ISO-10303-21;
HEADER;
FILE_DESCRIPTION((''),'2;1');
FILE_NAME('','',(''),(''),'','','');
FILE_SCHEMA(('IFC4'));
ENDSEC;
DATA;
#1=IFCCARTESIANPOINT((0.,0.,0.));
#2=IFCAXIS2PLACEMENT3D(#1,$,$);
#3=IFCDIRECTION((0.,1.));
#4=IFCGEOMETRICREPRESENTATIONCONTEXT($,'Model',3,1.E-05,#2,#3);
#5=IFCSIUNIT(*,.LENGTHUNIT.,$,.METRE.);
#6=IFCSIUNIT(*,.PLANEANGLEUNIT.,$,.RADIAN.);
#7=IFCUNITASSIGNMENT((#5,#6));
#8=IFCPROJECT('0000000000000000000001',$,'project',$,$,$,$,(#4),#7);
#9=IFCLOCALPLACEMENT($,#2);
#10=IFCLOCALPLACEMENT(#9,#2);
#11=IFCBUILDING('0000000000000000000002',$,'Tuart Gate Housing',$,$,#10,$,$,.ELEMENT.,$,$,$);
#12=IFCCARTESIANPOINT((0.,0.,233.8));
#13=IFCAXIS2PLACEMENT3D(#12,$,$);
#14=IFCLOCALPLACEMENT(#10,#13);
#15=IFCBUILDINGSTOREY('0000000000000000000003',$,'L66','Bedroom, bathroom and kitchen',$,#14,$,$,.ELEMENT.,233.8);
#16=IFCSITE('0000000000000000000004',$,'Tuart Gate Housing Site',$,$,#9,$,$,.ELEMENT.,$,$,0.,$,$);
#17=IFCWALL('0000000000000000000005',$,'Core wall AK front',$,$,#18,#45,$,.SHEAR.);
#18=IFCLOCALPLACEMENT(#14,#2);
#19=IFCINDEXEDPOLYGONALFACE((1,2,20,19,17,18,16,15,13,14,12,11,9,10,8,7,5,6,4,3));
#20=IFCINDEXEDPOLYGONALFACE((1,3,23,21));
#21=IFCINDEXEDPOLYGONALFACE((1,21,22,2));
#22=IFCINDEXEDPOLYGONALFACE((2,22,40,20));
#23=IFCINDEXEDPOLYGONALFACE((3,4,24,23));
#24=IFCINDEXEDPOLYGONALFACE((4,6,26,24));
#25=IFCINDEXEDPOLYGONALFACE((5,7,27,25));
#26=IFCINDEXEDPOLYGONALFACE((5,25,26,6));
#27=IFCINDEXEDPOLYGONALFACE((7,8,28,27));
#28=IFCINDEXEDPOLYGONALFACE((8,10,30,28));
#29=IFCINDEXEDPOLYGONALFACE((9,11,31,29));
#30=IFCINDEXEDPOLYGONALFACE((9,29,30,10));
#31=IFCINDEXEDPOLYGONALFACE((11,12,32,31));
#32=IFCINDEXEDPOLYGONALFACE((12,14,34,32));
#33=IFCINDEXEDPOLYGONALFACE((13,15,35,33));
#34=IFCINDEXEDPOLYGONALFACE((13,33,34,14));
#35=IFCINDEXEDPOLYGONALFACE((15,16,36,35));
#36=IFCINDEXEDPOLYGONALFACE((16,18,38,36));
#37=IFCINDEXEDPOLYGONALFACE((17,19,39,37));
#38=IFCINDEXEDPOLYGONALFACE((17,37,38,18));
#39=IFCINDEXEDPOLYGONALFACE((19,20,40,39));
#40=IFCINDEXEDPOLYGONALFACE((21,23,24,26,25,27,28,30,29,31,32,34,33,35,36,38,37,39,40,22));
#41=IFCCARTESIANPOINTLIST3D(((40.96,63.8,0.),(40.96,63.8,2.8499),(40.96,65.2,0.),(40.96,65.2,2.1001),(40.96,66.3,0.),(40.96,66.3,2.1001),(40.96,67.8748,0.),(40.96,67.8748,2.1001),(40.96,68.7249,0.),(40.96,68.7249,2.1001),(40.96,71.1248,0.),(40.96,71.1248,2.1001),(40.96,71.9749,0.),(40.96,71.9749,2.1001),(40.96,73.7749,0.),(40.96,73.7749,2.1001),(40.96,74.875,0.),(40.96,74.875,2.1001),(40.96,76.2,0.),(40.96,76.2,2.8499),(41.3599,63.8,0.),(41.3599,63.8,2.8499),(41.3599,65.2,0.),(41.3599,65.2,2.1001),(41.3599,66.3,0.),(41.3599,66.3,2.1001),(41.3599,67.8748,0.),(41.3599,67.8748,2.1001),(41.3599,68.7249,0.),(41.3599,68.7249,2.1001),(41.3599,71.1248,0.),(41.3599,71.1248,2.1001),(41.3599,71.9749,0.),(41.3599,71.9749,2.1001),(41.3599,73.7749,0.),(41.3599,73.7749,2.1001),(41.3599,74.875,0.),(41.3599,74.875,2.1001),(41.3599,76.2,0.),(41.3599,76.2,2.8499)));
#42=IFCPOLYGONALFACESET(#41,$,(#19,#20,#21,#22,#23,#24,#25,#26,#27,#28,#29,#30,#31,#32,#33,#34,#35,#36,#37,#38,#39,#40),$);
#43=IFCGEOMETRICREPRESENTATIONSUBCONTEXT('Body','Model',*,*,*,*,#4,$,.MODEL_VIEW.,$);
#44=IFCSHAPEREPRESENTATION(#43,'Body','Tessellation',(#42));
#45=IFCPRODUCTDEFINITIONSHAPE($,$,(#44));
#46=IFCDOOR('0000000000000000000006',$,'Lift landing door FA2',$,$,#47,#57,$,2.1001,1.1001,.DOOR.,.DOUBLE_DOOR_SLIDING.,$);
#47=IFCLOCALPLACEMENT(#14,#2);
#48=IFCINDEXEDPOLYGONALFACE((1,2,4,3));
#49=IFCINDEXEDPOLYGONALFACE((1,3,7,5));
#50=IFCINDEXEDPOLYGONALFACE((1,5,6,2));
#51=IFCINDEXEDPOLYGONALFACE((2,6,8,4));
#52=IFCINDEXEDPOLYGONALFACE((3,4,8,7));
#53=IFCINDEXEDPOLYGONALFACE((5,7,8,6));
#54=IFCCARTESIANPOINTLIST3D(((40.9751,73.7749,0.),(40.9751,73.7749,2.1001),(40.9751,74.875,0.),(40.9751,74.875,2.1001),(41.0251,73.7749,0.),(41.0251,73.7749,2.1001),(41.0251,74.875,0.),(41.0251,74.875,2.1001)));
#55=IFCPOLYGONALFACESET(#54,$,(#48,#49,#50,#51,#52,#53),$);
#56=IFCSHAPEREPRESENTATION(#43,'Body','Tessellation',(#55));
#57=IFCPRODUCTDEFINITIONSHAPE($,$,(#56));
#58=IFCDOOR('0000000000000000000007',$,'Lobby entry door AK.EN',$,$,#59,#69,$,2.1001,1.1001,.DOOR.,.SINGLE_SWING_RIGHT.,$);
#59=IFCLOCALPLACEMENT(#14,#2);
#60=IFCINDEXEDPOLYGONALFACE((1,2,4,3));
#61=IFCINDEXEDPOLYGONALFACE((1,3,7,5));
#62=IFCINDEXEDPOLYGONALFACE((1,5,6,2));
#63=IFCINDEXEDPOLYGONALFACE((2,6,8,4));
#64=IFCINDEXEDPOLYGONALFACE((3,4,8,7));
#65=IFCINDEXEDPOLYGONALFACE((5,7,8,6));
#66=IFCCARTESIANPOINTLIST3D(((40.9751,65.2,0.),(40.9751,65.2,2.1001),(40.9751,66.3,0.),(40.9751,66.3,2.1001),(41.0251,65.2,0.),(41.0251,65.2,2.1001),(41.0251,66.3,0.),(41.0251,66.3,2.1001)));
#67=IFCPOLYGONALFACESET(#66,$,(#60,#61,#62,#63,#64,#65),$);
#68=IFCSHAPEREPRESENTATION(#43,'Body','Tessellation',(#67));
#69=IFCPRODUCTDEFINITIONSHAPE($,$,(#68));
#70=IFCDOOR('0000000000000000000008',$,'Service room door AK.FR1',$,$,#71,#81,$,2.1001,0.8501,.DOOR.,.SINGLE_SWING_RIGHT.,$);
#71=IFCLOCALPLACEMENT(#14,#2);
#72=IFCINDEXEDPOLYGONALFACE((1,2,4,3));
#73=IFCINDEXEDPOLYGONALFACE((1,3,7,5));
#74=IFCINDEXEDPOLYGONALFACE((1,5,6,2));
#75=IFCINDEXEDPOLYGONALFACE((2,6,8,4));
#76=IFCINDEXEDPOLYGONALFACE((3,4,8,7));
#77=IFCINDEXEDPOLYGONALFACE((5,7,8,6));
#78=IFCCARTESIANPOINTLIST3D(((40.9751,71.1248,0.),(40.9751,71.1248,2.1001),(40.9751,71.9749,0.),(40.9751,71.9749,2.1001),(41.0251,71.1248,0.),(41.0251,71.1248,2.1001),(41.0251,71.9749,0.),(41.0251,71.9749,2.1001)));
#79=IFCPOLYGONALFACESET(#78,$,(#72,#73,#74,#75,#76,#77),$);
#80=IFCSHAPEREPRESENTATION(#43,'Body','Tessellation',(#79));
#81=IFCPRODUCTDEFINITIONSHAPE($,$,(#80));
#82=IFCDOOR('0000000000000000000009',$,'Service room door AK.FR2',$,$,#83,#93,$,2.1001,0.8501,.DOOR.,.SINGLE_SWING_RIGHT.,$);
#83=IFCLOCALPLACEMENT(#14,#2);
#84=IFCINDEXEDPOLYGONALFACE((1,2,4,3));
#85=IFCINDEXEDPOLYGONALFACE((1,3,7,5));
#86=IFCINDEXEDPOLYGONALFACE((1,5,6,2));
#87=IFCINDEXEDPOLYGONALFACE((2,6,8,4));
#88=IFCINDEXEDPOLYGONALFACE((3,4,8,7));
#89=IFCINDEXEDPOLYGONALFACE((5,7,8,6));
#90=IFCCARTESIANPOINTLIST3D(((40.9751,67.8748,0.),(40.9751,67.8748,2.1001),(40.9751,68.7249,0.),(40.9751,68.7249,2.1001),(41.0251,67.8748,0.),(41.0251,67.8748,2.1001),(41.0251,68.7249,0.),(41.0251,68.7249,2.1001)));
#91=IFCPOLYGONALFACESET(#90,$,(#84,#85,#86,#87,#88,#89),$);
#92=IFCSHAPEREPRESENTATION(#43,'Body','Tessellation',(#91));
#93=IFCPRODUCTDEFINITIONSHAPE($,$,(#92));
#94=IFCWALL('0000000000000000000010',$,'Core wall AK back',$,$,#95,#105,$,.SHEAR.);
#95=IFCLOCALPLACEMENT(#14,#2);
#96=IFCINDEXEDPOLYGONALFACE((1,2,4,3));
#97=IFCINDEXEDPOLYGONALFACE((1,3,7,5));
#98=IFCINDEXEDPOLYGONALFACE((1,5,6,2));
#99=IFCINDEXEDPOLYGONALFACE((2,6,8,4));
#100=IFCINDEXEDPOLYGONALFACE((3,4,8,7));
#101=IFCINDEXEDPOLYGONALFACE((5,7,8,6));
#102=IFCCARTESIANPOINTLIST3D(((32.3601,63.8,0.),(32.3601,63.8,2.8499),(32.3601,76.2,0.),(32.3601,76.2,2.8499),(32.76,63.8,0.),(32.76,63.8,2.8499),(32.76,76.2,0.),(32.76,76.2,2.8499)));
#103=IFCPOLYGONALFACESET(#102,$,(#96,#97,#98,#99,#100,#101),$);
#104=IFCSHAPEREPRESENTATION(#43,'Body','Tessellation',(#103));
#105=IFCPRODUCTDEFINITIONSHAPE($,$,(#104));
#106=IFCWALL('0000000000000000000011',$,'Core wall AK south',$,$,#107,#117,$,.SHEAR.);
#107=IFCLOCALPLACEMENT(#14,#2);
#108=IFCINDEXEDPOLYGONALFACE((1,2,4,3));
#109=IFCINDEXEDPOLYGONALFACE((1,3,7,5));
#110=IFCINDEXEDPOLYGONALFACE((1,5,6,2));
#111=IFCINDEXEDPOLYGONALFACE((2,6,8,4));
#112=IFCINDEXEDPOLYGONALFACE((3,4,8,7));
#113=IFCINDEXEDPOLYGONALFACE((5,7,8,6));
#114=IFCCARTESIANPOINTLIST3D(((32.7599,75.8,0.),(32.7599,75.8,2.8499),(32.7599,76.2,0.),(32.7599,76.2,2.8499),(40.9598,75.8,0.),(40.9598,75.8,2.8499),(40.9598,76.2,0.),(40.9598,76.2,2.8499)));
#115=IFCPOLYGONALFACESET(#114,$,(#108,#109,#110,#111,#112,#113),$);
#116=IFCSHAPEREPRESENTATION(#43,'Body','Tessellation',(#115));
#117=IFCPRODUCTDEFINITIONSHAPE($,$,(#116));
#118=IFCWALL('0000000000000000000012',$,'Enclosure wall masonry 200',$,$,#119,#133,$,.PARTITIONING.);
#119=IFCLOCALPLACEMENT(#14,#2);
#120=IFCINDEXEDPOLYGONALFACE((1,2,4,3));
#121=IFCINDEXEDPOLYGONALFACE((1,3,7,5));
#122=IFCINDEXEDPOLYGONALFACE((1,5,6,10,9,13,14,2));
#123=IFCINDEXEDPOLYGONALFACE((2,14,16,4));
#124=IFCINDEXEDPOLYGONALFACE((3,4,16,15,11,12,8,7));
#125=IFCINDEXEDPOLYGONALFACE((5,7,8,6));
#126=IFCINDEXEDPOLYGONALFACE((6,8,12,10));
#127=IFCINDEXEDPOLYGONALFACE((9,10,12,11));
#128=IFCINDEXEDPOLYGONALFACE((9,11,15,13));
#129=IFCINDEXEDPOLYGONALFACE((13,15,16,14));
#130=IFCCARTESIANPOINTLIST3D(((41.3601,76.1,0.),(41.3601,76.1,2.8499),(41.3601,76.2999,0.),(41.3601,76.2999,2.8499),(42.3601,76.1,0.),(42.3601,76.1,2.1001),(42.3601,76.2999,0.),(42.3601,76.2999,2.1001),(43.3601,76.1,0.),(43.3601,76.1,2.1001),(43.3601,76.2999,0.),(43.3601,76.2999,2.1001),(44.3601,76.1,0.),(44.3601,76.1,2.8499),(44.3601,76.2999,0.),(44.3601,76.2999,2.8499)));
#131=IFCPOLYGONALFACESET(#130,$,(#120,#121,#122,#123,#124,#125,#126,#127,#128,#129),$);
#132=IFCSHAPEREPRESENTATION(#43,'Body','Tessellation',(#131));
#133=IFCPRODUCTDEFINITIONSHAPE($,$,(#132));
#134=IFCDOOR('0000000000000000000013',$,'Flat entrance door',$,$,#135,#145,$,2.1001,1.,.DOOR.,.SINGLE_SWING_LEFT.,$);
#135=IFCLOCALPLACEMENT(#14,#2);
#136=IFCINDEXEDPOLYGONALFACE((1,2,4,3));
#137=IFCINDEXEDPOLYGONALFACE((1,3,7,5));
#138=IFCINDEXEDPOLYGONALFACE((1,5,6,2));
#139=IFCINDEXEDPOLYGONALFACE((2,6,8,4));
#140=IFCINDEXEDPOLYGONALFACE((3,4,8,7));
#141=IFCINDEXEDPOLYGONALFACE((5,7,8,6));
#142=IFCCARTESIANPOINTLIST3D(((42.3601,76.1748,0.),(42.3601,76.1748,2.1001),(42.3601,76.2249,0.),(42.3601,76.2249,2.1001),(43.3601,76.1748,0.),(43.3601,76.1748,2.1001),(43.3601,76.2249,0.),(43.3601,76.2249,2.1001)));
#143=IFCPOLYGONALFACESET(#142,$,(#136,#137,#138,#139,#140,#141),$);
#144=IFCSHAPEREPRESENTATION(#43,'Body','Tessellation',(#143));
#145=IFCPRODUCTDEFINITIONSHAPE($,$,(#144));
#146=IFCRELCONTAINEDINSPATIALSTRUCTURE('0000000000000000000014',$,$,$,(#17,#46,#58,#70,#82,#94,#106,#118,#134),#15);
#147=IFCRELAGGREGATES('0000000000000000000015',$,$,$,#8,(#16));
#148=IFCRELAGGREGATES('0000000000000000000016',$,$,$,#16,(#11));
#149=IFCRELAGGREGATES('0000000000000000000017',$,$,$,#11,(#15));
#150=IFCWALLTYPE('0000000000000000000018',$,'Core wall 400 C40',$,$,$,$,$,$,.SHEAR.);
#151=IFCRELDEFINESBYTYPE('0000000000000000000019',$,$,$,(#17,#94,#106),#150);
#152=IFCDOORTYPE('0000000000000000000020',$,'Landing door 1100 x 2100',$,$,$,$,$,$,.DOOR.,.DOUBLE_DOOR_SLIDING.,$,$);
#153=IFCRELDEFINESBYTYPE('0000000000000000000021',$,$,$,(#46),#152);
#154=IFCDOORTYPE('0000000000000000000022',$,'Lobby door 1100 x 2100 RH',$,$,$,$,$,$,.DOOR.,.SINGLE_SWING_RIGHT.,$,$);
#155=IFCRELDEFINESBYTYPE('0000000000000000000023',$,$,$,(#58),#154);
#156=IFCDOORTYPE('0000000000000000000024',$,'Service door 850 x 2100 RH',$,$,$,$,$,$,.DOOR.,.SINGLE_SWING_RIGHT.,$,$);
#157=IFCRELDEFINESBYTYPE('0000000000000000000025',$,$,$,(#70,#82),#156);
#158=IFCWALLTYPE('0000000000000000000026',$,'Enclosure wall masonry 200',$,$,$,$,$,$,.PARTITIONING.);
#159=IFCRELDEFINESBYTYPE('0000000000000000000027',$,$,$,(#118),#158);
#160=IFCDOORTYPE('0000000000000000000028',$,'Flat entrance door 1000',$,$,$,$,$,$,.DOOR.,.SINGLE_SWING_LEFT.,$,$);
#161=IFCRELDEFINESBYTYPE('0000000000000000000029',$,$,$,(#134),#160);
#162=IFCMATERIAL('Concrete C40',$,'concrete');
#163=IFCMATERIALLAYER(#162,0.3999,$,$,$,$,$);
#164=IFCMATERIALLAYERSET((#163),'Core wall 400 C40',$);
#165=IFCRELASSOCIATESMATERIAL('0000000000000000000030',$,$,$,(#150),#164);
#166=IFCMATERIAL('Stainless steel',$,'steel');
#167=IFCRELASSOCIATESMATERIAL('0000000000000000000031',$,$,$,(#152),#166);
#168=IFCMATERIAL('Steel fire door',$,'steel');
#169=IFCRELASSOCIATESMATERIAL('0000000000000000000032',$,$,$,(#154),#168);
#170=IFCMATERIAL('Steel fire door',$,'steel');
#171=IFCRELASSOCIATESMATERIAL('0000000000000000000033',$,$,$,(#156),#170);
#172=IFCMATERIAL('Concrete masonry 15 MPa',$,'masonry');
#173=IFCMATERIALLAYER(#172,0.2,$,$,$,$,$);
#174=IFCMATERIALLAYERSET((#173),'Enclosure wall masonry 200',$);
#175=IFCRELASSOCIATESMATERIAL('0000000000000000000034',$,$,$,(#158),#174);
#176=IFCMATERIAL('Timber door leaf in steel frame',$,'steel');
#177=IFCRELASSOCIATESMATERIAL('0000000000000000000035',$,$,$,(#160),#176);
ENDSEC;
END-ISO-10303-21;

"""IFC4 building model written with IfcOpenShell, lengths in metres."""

from ifc_helpers import new_model, si_unit, direction, frame, frame_2d, origin, place, context, subcontext, project, spatial, rectangle, extrude, material, layer, layer_set, type_object, element, fill, save


model = new_model("IFC4")

# Units and contexts
model_context = context("Model", 3, precision=1e-05, world=origin(), true_north=direction((0.0, 1.0)))
body_context = subcontext(model_context, "Body", "Model", "MODEL_VIEW")
ifc_project = project(units=[si_unit("LENGTHUNIT", "METRE"), si_unit("PLANEANGLEUNIT", "RADIAN")], contexts=[model_context])

# Site, building, storey
site_placement = place(None, origin())
site = spatial("IfcSite", under=ifc_project, at=site_placement, Name="Tuart Gate Housing Site", CompositionType="ELEMENT", RefElevation=0.0)
building_placement = place(site_placement, origin())
building = spatial("IfcBuilding", under=site, at=building_placement, Name="Tuart Gate Housing", CompositionType="ELEMENT")
storey_placement = place(building_placement, frame((0.0, 0.0, 233.8)))
storey = spatial("IfcBuildingStorey", under=building, at=storey_placement, Name="L66", Description="Bedroom, bathroom and kitchen", CompositionType="ELEMENT", Elevation=233.8)

# Wall, openings, doors
ifc_material_1 = material(Name="Concrete C40", Category="concrete")
ifc_layer_1 = layer(ifc_material_1, 0.3999)
ifc_layer_set_1 = layer_set([ifc_layer_1], Name="Core wall 400 C40")
wall_type_1 = type_object("IfcWallType", Name="Core wall 400 C40", PredefinedType="SHEAR", material=ifc_layer_set_1)
wall_1_placement = place(storey_placement, frame((41.1599, 76.2, 0.0), z_axis=(0.0, 0.0, 1.0), x_axis=(0.0, -1.0, 0.0)))
wall_1 = element("IfcWall", 1, at=wall_1_placement, inside=storey, type_object=wall_type_1, Name="Core wall AK front", PredefinedType="SHEAR", context=body_context, shape_type="SweptSolid", body=[
    extrude(rectangle(XDim=12.3999, YDim=0.3999, at=frame_2d((6.2, 0.0))), origin(), (0.0, 0.0, 1.0), 2.8499),
])
opening_1_placement = place(wall_1_placement, frame((1.325, 0.0, 0.0)))
opening_1 = element("IfcOpeningElement", 2, at=opening_1_placement, cuts=wall_1, PredefinedType="OPENING", context=body_context, shape_type="SweptSolid", body=[
    extrude(rectangle(XDim=1.1001, YDim=2.1001, at=frame_2d((0.55, 1.05))), frame((0.0, 0.21, 0.0), z_axis=(0.0, -1.0, 0.0), x_axis=(1.0, 0.0, 0.0)), (0.0, 0.0, 1.0), 0.4199),
])
opening_2_placement = place(wall_1_placement, frame((4.2251, 0.0, 0.0)))
opening_2 = element("IfcOpeningElement", 3, at=opening_2_placement, cuts=wall_1, PredefinedType="OPENING", context=body_context, shape_type="SweptSolid", body=[
    extrude(rectangle(XDim=0.8501, YDim=2.1001, at=frame_2d((0.425, 1.05))), frame((0.0, 0.21, 0.0), z_axis=(0.0, -1.0, 0.0), x_axis=(1.0, 0.0, 0.0)), (0.0, 0.0, 1.0), 0.4199),
])
opening_3_placement = place(wall_1_placement, frame((7.4751, 0.0, 0.0)))
opening_3 = element("IfcOpeningElement", 4, at=opening_3_placement, cuts=wall_1, PredefinedType="OPENING", context=body_context, shape_type="SweptSolid", body=[
    extrude(rectangle(XDim=0.8501, YDim=2.1001, at=frame_2d((0.425, 1.05))), frame((0.0, 0.21, 0.0), z_axis=(0.0, -1.0, 0.0), x_axis=(1.0, 0.0, 0.0)), (0.0, 0.0, 1.0), 0.4199),
])
opening_4_placement = place(wall_1_placement, frame((9.8999, 0.0, 0.0)))
opening_4 = element("IfcOpeningElement", 5, at=opening_4_placement, cuts=wall_1, PredefinedType="OPENING", context=body_context, shape_type="SweptSolid", body=[
    extrude(rectangle(XDim=1.1001, YDim=2.1001, at=frame_2d((0.55, 1.05))), frame((0.0, 0.21, 0.0), z_axis=(0.0, -1.0, 0.0), x_axis=(1.0, 0.0, 0.0)), (0.0, 0.0, 1.0), 0.4199),
])
ifc_material_2 = material(Name="Stainless steel", Category="steel")
door_type_1 = type_object("IfcDoorType", Name="Landing door 1100 x 2100", OperationType="DOUBLE_DOOR_SLIDING", PredefinedType="DOOR", material=ifc_material_2)
door_1_placement = place(opening_1_placement, origin())
door_1 = element("IfcDoor", 6, at=door_1_placement, inside=storey, type_object=door_type_1, Name="Lift landing door FA2", OperationType="DOUBLE_DOOR_SLIDING", OverallHeight=2.1001, OverallWidth=1.1001, PredefinedType="DOOR", context=body_context, shape_type="SweptSolid", body=[
    extrude(rectangle(XDim=1.1001, YDim=2.1001, at=frame_2d((0.55, 1.05))), frame((0.0, -0.1348, 0.0), z_axis=(0.0, -1.0, 0.0), x_axis=(1.0, 0.0, 0.0)), (0.0, 0.0, 1.0), 0.05),
])
fill(opening_1, door_1)
ifc_material_3 = material(Name="Steel fire door", Category="steel")
door_type_2 = type_object("IfcDoorType", Name="Lobby door 1100 x 2100 RH", OperationType="SINGLE_SWING_RIGHT", PredefinedType="DOOR", material=ifc_material_3)
door_2_placement = place(opening_4_placement, frame((1.1001, 0.0, 0.0), z_axis=(0.0, 0.0, 1.0), x_axis=(-1.0, 0.0, 0.0)))
door_2 = element("IfcDoor", 7, at=door_2_placement, inside=storey, type_object=door_type_2, Name="Lobby entry door AK.EN", OperationType="SINGLE_SWING_RIGHT", OverallHeight=2.1001, OverallWidth=1.1001, PredefinedType="DOOR", context=body_context, shape_type="SweptSolid", body=[
    extrude(rectangle(XDim=1.1001, YDim=2.1001, at=frame_2d((0.55, 1.05))), frame((0.0, 0.1848, 0.0), z_axis=(0.0, -1.0, 0.0), x_axis=(1.0, 0.0, 0.0)), (0.0, 0.0, 1.0), 0.05),
])
fill(opening_4, door_2)
ifc_material_4 = material(Name="Steel fire door", Category="steel")
door_type_3 = type_object("IfcDoorType", Name="Service door 850 x 2100 RH", OperationType="SINGLE_SWING_RIGHT", PredefinedType="DOOR", material=ifc_material_4)
door_3_placement = place(opening_2_placement, frame((0.8501, 0.0, 0.0), z_axis=(0.0, 0.0, 1.0), x_axis=(-1.0, 0.0, 0.0)))
door_3 = element("IfcDoor", 8, at=door_3_placement, inside=storey, type_object=door_type_3, Name="Service room door AK.FR1", OperationType="SINGLE_SWING_RIGHT", OverallHeight=2.1001, OverallWidth=0.8501, PredefinedType="DOOR", context=body_context, shape_type="SweptSolid", body=[
    extrude(rectangle(XDim=0.8501, YDim=2.1001, at=frame_2d((0.425, 1.05))), frame((0.0, 0.1848, 0.0), z_axis=(0.0, -1.0, 0.0), x_axis=(1.0, 0.0, 0.0)), (0.0, 0.0, 1.0), 0.05),
])
fill(opening_2, door_3)
door_4_placement = place(opening_3_placement, frame((0.8501, 0.0, 0.0), z_axis=(0.0, 0.0, 1.0), x_axis=(-1.0, 0.0, 0.0)))
door_4 = element("IfcDoor", 9, at=door_4_placement, inside=storey, type_object=door_type_3, Name="Service room door AK.FR2", OperationType="SINGLE_SWING_RIGHT", OverallHeight=2.1001, OverallWidth=0.8501, PredefinedType="DOOR", context=body_context, shape_type="SweptSolid", body=[
    extrude(rectangle(XDim=0.8501, YDim=2.1001, at=frame_2d((0.425, 1.05))), frame((0.0, 0.1848, 0.0), z_axis=(0.0, -1.0, 0.0), x_axis=(1.0, 0.0, 0.0)), (0.0, 0.0, 1.0), 0.05),
])
fill(opening_3, door_4)

# Walls
wall_2_placement = place(storey_placement, frame((32.5601, 76.2, 0.0), z_axis=(0.0, 0.0, 1.0), x_axis=(0.0, -1.0, 0.0)))
element("IfcWall", 10, at=wall_2_placement, inside=storey, type_object=wall_type_1, Name="Core wall AK back", PredefinedType="SHEAR", context=body_context, shape_type="SweptSolid", body=[
    extrude(rectangle(XDim=12.3999, YDim=0.3999, at=frame_2d((6.2, 0.0))), origin(), (0.0, 0.0, 1.0), 2.8499),
])
wall_3_placement = place(storey_placement, frame((40.96, 76.0, 0.0), z_axis=(0.0, 0.0, 1.0), x_axis=(-1.0, 0.0, 0.0)))
element("IfcWall", 11, at=wall_3_placement, inside=storey, type_object=wall_type_1, Name="Core wall AK south", PredefinedType="SHEAR", context=body_context, shape_type="SweptSolid", body=[
    extrude(rectangle(XDim=8.2, YDim=0.3999, at=frame_2d((4.1001, 0.0))), origin(), (0.0, 0.0, 1.0), 2.8499),
])

# Wall, opening, door
ifc_material_5 = material(Name="Concrete masonry 15 MPa", Category="masonry")
ifc_layer_2 = layer(ifc_material_5, 0.2)
ifc_layer_set_2 = layer_set([ifc_layer_2], Name="Enclosure wall masonry 200")
wall_type_2 = type_object("IfcWallType", Name="Enclosure wall masonry 200", PredefinedType="PARTITIONING", material=ifc_layer_set_2)
wall_4_placement = place(storey_placement, frame((41.3601, 76.2, 0.0), z_axis=(0.0, 0.0, 1.0), x_axis=(1.0, 0.0, 0.0)))
wall_4 = element("IfcWall", 12, at=wall_4_placement, inside=storey, type_object=wall_type_2, Name="Enclosure wall masonry 200", PredefinedType="PARTITIONING", context=body_context, shape_type="SweptSolid", body=[
    extrude(rectangle(XDim=3.0, YDim=0.2, at=frame_2d((1.5, 0.0))), origin(), (0.0, 0.0, 1.0), 2.8499),
])
opening_5_placement = place(wall_4_placement, frame((1.0, 0.0, 0.0)))
opening_5 = element("IfcOpeningElement", 13, at=opening_5_placement, cuts=wall_4, PredefinedType="OPENING", context=body_context, shape_type="SweptSolid", body=[
    extrude(rectangle(XDim=1.0, YDim=2.1001, at=frame_2d((0.5, 1.05))), frame((0.0, 0.1099, 0.0), z_axis=(0.0, -1.0, 0.0), x_axis=(1.0, 0.0, 0.0)), (0.0, 0.0, 1.0), 0.22),
])
ifc_material_6 = material(Name="Timber door leaf in steel frame", Category="steel")
door_type_4 = type_object("IfcDoorType", Name="Flat entrance door 1000", OperationType="SINGLE_SWING_LEFT", PredefinedType="DOOR", material=ifc_material_6)
door_5_placement = place(opening_5_placement, origin())
door_5 = element("IfcDoor", 14, at=door_5_placement, inside=storey, type_object=door_type_4, Name="Flat entrance door", OperationType="SINGLE_SWING_LEFT", OverallHeight=2.1001, OverallWidth=1.0, PredefinedType="DOOR", context=body_context, shape_type="SweptSolid", body=[
    extrude(rectangle(XDim=1.0, YDim=2.1001, at=frame_2d((0.5, 1.05))), frame((0.0, 0.0249, 0.0), z_axis=(0.0, -1.0, 0.0), x_axis=(1.0, 0.0, 0.0)), (0.0, 0.0, 1.0), 0.05),
])
fill(opening_5, door_5)

save(model, "model.ifc")
